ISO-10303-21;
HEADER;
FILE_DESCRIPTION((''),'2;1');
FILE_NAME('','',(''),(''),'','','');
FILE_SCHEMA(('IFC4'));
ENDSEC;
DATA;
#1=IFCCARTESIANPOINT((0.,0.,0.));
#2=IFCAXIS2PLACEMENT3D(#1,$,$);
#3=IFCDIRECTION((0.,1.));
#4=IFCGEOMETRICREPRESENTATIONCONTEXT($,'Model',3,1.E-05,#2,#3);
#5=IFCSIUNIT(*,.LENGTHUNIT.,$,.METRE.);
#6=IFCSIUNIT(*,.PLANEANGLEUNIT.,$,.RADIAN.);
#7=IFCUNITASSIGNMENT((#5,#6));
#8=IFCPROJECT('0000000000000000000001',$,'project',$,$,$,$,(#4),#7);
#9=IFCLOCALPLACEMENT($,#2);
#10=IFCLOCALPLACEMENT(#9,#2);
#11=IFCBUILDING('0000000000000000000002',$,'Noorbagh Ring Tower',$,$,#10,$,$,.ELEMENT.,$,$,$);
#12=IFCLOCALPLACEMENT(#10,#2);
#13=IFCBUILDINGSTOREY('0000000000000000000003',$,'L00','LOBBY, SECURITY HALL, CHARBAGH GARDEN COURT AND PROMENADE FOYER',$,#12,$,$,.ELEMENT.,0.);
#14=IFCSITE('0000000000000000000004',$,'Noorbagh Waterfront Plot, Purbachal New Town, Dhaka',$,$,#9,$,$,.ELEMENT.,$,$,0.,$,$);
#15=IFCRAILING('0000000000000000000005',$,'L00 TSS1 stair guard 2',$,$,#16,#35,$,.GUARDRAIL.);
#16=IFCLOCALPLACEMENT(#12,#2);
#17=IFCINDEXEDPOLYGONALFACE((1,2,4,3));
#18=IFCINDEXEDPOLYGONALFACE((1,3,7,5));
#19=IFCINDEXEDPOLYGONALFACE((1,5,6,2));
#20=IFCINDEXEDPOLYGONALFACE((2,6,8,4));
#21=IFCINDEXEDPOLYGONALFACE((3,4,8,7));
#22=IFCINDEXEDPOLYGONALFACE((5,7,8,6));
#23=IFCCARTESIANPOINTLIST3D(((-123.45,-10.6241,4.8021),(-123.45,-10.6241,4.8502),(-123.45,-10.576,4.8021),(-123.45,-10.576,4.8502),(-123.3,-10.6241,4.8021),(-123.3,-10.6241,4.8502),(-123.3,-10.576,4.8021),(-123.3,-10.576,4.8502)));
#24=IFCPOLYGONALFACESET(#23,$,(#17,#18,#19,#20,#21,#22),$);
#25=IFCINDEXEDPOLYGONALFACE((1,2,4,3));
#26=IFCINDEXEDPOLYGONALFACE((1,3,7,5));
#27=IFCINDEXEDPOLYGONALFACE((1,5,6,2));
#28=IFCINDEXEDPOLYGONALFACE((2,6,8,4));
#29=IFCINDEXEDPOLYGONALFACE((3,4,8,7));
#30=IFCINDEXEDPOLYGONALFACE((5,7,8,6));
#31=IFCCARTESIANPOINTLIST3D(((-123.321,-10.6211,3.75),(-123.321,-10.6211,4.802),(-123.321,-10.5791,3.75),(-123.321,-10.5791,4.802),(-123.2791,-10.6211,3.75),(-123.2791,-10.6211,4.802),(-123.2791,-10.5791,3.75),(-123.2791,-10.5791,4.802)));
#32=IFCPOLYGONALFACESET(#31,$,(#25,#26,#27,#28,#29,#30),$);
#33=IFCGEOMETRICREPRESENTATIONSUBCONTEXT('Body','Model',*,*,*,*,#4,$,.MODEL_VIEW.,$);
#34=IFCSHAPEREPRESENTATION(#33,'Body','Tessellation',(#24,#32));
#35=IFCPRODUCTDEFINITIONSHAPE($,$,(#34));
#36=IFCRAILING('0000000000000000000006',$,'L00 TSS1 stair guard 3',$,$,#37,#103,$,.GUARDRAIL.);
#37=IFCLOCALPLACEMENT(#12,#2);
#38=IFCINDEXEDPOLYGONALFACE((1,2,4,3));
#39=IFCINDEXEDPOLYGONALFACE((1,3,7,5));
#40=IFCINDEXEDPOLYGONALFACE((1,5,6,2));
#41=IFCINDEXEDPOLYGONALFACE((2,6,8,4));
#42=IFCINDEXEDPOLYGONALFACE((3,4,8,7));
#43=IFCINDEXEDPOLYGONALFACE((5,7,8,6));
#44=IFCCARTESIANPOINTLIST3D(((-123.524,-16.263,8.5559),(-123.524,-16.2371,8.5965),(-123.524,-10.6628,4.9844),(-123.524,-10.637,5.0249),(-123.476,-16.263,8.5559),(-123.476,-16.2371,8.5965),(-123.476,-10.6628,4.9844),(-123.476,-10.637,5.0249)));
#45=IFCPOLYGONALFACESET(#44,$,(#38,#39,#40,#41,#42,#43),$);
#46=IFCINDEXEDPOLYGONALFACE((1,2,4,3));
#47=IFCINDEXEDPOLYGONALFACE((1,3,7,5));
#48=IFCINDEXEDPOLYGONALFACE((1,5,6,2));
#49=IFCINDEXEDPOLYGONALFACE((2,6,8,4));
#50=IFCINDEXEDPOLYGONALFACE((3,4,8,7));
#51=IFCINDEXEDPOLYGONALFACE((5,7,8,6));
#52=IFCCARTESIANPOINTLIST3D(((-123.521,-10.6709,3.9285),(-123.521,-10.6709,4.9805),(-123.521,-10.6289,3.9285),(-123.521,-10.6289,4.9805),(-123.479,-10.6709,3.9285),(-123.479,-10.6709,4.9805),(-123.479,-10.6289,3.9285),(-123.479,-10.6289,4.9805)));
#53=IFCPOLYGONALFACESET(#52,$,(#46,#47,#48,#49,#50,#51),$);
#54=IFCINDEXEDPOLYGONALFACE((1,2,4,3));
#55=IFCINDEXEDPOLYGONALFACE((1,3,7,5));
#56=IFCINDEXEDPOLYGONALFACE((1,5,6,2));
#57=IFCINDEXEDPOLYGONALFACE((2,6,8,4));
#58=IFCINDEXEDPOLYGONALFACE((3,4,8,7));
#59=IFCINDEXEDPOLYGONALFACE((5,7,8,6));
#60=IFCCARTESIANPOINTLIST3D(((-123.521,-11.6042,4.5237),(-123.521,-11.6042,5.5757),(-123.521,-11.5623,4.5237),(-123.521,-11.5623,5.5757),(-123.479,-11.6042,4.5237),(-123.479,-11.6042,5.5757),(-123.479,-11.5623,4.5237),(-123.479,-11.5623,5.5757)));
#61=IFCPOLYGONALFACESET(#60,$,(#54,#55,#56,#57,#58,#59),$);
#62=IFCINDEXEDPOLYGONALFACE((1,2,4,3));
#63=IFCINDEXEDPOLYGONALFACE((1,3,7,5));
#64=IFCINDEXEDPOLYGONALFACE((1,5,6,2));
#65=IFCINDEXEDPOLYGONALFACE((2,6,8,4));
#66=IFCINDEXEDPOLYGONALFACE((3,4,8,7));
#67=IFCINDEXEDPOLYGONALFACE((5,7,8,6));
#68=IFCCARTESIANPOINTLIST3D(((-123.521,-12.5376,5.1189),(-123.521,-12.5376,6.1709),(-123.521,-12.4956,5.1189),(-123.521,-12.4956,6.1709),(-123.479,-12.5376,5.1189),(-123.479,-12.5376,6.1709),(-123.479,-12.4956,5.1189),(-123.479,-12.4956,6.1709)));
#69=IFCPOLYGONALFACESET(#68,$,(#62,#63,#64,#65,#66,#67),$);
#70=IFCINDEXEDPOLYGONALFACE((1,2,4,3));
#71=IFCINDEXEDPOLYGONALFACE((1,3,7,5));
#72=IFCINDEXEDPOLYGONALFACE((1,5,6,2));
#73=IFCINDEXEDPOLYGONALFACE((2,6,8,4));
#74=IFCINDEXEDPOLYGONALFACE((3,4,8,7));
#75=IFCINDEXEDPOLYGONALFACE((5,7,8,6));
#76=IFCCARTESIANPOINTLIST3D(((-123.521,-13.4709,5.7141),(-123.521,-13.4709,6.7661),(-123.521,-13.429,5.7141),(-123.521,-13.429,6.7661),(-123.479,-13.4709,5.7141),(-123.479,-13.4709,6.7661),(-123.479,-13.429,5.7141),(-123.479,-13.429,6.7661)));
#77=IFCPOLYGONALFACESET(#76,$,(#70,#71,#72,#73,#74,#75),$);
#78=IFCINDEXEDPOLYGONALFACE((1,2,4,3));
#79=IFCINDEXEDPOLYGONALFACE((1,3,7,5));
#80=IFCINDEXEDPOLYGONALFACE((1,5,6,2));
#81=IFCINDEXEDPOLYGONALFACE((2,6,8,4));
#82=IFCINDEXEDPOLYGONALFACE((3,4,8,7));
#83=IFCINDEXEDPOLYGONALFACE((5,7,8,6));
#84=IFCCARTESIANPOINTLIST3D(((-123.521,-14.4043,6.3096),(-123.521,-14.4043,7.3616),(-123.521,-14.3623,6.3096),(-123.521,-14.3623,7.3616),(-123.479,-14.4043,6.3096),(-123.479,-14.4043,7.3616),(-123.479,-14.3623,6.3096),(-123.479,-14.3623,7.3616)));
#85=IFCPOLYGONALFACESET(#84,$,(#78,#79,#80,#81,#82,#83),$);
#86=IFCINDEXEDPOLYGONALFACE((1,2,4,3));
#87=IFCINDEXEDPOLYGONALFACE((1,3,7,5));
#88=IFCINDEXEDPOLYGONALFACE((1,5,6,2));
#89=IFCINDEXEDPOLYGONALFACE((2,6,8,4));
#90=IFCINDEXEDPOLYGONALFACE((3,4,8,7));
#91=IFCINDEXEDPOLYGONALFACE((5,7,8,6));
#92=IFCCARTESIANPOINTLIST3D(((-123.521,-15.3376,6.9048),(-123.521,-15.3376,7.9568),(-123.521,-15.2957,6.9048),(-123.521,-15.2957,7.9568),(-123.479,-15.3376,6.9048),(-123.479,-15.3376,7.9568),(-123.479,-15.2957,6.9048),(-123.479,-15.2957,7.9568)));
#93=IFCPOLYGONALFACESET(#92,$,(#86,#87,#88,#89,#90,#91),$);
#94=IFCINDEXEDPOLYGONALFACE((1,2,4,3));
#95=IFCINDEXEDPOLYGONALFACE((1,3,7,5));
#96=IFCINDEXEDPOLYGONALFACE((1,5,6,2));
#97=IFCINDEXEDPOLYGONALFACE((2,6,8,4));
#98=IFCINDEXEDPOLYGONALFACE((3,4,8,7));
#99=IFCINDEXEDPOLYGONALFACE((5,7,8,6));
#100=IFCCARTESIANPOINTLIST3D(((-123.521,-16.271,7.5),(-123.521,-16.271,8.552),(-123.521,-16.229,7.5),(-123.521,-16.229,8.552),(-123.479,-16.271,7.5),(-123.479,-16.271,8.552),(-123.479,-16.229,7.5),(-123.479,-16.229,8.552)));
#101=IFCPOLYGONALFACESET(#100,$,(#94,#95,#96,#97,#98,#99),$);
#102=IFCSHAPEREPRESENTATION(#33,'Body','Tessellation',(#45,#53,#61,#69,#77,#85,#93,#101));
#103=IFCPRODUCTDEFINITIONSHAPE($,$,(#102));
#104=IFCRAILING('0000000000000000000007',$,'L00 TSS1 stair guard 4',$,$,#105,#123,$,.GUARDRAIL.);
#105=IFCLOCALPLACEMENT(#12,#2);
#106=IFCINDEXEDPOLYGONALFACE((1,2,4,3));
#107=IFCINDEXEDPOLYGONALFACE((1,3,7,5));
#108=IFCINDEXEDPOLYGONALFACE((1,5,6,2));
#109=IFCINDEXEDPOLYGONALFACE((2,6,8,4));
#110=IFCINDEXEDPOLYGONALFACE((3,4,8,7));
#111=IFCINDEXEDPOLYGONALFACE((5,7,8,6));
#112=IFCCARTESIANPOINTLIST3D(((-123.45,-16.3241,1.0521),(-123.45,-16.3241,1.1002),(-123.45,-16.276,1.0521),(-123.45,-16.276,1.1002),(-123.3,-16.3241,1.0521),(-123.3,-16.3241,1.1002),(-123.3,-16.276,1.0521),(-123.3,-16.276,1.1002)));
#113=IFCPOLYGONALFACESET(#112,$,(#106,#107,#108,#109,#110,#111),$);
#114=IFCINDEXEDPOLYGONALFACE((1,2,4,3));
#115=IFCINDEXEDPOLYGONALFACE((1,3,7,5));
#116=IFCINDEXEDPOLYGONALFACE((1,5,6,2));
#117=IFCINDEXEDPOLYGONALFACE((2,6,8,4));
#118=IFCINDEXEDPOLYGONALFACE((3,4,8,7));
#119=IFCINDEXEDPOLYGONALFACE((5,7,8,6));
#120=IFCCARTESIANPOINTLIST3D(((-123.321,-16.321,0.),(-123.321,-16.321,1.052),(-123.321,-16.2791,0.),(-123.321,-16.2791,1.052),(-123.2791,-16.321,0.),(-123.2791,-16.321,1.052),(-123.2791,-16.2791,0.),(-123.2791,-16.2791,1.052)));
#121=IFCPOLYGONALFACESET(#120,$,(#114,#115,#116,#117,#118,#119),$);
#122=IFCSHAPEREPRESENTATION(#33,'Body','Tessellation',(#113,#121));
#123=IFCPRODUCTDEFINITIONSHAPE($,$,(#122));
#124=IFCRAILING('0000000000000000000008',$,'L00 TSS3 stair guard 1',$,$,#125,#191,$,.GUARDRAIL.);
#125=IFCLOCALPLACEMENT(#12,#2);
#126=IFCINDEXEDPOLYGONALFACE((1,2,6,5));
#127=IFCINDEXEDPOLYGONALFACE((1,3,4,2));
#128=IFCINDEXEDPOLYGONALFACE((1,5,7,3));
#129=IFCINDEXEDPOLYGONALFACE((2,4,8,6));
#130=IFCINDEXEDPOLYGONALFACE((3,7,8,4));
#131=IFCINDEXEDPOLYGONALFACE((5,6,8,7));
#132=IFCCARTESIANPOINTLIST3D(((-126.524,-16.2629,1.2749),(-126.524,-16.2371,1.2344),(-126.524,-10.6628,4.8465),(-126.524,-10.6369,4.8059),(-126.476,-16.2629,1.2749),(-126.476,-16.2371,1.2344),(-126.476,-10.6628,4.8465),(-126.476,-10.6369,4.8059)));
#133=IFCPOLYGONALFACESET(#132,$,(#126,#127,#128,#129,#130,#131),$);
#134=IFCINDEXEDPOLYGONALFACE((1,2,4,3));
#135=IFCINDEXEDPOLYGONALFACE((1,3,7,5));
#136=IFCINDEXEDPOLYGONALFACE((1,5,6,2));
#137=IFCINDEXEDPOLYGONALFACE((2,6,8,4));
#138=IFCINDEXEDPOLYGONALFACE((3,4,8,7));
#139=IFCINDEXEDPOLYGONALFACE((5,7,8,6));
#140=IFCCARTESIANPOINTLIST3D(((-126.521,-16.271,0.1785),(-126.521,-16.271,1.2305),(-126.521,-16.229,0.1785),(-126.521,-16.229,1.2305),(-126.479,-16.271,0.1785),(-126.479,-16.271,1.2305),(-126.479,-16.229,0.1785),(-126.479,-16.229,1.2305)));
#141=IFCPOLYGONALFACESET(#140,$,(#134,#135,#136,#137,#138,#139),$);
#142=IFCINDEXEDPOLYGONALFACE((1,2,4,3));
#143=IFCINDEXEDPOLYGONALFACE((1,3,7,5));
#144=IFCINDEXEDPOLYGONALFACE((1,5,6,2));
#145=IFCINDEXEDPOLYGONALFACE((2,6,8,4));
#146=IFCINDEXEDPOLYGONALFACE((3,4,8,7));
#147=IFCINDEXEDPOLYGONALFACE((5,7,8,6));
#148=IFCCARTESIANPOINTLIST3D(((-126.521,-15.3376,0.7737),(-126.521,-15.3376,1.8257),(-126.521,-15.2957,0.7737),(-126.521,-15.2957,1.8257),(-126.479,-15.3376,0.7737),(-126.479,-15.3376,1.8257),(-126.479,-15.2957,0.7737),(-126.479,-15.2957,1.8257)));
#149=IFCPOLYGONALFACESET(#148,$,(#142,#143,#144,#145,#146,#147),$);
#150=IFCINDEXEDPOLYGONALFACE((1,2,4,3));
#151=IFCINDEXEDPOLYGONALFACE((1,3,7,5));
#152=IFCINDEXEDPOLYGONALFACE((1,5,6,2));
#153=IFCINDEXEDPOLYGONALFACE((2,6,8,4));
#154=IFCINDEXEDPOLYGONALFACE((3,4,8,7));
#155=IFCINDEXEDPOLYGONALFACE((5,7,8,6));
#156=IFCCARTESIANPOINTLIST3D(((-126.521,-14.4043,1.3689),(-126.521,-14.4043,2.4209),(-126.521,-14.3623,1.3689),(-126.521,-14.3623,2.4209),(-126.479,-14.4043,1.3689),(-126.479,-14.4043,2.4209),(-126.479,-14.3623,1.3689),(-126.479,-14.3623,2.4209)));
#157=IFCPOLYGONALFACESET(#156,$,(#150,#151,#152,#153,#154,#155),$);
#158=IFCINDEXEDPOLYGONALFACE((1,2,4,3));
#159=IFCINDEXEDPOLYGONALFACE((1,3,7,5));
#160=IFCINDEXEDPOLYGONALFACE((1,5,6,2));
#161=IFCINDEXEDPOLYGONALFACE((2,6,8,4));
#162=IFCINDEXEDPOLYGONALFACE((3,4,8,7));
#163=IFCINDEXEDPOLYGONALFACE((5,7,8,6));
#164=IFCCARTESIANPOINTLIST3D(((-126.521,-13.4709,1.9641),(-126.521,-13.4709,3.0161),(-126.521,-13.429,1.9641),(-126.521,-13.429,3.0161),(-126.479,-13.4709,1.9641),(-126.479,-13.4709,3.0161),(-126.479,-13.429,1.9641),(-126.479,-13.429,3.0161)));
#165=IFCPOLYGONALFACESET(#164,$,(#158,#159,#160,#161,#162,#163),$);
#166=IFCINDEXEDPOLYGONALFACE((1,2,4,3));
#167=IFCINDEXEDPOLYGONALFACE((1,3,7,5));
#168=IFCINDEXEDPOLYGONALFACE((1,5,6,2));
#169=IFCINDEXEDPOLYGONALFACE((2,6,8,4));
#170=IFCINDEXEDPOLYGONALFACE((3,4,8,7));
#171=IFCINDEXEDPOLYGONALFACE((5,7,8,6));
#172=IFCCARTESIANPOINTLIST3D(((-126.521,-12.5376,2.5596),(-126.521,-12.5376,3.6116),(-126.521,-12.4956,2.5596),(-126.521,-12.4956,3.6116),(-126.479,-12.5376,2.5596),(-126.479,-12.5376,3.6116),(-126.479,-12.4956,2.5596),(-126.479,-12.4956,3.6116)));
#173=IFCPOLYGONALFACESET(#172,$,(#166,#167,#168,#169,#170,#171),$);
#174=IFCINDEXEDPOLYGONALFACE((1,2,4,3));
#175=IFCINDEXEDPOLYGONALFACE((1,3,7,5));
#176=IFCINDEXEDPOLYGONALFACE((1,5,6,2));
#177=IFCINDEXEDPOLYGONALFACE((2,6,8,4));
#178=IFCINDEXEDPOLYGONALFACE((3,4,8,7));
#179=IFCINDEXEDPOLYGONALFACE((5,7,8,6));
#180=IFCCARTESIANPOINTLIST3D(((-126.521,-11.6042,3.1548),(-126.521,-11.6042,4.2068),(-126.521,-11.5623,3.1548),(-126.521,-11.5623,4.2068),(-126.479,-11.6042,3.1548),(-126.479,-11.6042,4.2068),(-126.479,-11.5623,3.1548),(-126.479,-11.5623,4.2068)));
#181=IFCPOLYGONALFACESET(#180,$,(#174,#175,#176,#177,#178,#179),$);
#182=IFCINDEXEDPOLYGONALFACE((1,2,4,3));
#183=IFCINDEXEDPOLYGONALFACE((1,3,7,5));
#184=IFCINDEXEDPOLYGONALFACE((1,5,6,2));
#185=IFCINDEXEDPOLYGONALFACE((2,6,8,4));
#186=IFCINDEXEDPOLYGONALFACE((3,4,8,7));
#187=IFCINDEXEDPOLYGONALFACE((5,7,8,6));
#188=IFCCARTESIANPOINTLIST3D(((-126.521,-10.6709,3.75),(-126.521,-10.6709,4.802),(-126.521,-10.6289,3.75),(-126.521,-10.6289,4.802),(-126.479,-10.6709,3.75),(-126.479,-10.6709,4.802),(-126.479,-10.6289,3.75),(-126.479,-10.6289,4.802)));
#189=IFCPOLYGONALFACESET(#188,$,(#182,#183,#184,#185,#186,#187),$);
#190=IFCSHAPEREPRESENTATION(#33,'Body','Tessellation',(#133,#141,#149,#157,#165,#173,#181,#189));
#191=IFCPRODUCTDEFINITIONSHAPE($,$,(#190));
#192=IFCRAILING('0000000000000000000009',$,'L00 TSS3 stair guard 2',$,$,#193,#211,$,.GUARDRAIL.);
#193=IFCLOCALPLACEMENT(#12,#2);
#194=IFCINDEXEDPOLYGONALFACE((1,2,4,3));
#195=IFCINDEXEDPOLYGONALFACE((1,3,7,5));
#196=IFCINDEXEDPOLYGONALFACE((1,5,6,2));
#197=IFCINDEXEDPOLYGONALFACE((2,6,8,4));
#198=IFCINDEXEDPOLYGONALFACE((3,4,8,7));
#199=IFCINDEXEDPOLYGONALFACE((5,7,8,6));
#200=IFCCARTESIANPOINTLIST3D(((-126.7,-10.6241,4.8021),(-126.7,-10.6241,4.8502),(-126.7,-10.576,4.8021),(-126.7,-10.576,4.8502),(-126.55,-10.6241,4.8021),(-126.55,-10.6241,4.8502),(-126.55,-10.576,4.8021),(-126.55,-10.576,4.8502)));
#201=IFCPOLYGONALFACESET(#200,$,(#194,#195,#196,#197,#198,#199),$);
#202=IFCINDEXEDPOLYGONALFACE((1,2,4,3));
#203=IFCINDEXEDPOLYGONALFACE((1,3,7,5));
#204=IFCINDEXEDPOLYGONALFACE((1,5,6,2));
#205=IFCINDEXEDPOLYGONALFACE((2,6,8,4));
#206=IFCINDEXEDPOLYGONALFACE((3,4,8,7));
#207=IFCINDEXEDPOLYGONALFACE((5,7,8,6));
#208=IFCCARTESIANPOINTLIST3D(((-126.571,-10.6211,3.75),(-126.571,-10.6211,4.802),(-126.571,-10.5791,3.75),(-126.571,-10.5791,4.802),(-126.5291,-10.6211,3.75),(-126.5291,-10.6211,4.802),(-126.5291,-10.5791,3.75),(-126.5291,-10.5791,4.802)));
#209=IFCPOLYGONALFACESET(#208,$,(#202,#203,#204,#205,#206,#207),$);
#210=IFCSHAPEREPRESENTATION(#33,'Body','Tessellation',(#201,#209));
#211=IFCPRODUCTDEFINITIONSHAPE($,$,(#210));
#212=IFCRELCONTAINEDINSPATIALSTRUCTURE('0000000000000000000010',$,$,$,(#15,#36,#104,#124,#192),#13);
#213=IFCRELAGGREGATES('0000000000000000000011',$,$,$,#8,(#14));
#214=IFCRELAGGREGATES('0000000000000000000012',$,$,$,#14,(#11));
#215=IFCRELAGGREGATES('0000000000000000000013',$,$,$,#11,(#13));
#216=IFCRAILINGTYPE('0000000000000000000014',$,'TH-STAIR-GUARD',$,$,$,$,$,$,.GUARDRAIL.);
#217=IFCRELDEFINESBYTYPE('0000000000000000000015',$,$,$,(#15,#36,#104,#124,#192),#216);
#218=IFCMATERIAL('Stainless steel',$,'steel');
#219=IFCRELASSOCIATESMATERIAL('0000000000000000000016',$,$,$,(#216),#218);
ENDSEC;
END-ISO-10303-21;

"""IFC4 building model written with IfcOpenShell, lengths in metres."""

from ifc_helpers import new_model, si_unit, direction, frame, origin, origin_2d, place, context, subcontext, project, spatial, rectangle, extrude, material, type_object, element, save


model = new_model("IFC4")

# Units and contexts
model_context = context("Model", 3, precision=1e-05, world=origin(), true_north=direction((0.0, 1.0)))
body_context = subcontext(model_context, "Body", "Model", "MODEL_VIEW")
ifc_project = project(units=[si_unit("LENGTHUNIT", "METRE"), si_unit("PLANEANGLEUNIT", "RADIAN")], contexts=[model_context])

# Site, building, storey
site_placement = place(None, origin())
site = spatial("IfcSite", under=ifc_project, at=site_placement, Name="Noorbagh Waterfront Plot, Purbachal New Town, Dhaka", CompositionType="ELEMENT", RefElevation=0.0)
building_placement = place(site_placement, origin())
building = spatial("IfcBuilding", under=site, at=building_placement, Name="Noorbagh Ring Tower", CompositionType="ELEMENT")
storey_placement = place(building_placement, origin())
storey = spatial("IfcBuildingStorey", under=building, at=storey_placement, Name="L00", Description="LOBBY, SECURITY HALL, CHARBAGH GARDEN COURT AND PROMENADE FOYER", CompositionType="ELEMENT", Elevation=0.0)

# Railings
ifc_material_1 = material(Name="Stainless steel", Category="steel")
railing_type_1 = type_object("IfcRailingType", Name="TH-STAIR-GUARD", PredefinedType="GUARDRAIL", material=ifc_material_1)
railing_1_placement = place(storey_placement, frame((-123.3, -10.6001, 3.75)))
element("IfcRailing", 1, at=railing_1_placement, inside=storey, type_object=railing_type_1, Name="L00 TSS1 stair guard 2", PredefinedType="GUARDRAIL", context=body_context, shape_type="SweptSolid", body=[
    extrude(rectangle(XDim=0.0481, YDim=0.0481, at=origin_2d()), frame((0.0, 0.0, 1.0762), z_axis=(-1.0, 0.0, 0.0), x_axis=(0.0, -1.0, 0.0)), (0.0, 0.0, 1.0), 0.1499),
    extrude(rectangle(XDim=0.042, YDim=0.042, at=origin_2d()), origin(), (0.0, 0.0, 1.0), 1.052),
])
railing_2_placement = place(storey_placement, frame((-123.5, -10.6499, 3.9285)))
element("IfcRailing", 2, at=railing_2_placement, inside=storey, type_object=railing_type_1, Name="L00 TSS1 stair guard 3", PredefinedType="GUARDRAIL", context=body_context, shape_type="SweptSolid", body=[
    extrude(rectangle(XDim=0.0481, YDim=0.0481, at=origin_2d()), frame((0.0, 0.0, 1.0762), z_axis=(0.0, -0.843127, 0.537715), x_axis=(1.0, 0.0, 0.0)), (0.0, 0.0, 1.0), 6.6421),
    extrude(rectangle(XDim=0.042, YDim=0.042, at=origin_2d()), origin(), (0.0, 0.0, 1.0), 1.052),
    extrude(rectangle(XDim=0.042, YDim=0.042, at=origin_2d()), frame((0.0, -0.9333, 0.5952)), (0.0, 0.0, 1.0), 1.052),
    extrude(rectangle(XDim=0.042, YDim=0.042, at=origin_2d()), frame((0.0, -1.8667, 1.1904)), (0.0, 0.0, 1.0), 1.052),
    extrude(rectangle(XDim=0.042, YDim=0.042, at=origin_2d()), frame((0.0, -2.8, 1.7856)), (0.0, 0.0, 1.0), 1.052),
    extrude(rectangle(XDim=0.042, YDim=0.042, at=origin_2d()), frame((0.0, -3.7334, 2.3811)), (0.0, 0.0, 1.0), 1.052),
    extrude(rectangle(XDim=0.042, YDim=0.042, at=origin_2d()), frame((0.0, -4.6667, 2.9763)), (0.0, 0.0, 1.0), 1.052),
    extrude(rectangle(XDim=0.042, YDim=0.042, at=origin_2d()), frame((0.0, -5.6001, 3.5715)), (0.0, 0.0, 1.0), 1.052),
])
railing_3_placement = place(storey_placement, frame((-123.3, -16.3, 0.0)))
element("IfcRailing", 3, at=railing_3_placement, inside=storey, type_object=railing_type_1, Name="L00 TSS1 stair guard 4", PredefinedType="GUARDRAIL", context=body_context, shape_type="SweptSolid", body=[
    extrude(rectangle(XDim=0.0481, YDim=0.0481, at=origin_2d()), frame((0.0, 0.0, 1.0762), z_axis=(-1.0, 0.0, 0.0), x_axis=(0.0, -1.0, 0.0)), (0.0, 0.0, 1.0), 0.1499),
    extrude(rectangle(XDim=0.042, YDim=0.042, at=origin_2d()), origin(), (0.0, 0.0, 1.0), 1.052),
])
railing_4_placement = place(storey_placement, frame((-126.5, -16.25, 0.1785)))
element("IfcRailing", 4, at=railing_4_placement, inside=storey, type_object=railing_type_1, Name="L00 TSS3 stair guard 1", PredefinedType="GUARDRAIL", context=body_context, shape_type="SweptSolid", body=[
    extrude(rectangle(XDim=0.0481, YDim=0.0481, at=origin_2d()), frame((0.0, 0.0, 1.0762), z_axis=(0.0, 0.843127, 0.537715), x_axis=(-1.0, 0.0, 0.0)), (0.0, 0.0, 1.0), 6.6421),
    extrude(rectangle(XDim=0.042, YDim=0.042, at=origin_2d()), origin(), (0.0, 0.0, 1.0), 1.052),
    extrude(rectangle(XDim=0.042, YDim=0.042, at=origin_2d()), frame((0.0, 0.9333, 0.5952)), (0.0, 0.0, 1.0), 1.052),
    extrude(rectangle(XDim=0.042, YDim=0.042, at=origin_2d()), frame((0.0, 1.8667, 1.1904)), (0.0, 0.0, 1.0), 1.052),
    extrude(rectangle(XDim=0.042, YDim=0.042, at=origin_2d()), frame((0.0, 2.8, 1.7856)), (0.0, 0.0, 1.0), 1.052),
    extrude(rectangle(XDim=0.042, YDim=0.042, at=origin_2d()), frame((0.0, 3.7334, 2.3811)), (0.0, 0.0, 1.0), 1.052),
    extrude(rectangle(XDim=0.042, YDim=0.042, at=origin_2d()), frame((0.0, 4.6667, 2.9763)), (0.0, 0.0, 1.0), 1.052),
    extrude(rectangle(XDim=0.042, YDim=0.042, at=origin_2d()), frame((0.0, 5.6001, 3.5715)), (0.0, 0.0, 1.0), 1.052),
])
railing_5_placement = place(storey_placement, frame((-126.55, -10.6001, 3.75)))
element("IfcRailing", 5, at=railing_5_placement, inside=storey, type_object=railing_type_1, Name="L00 TSS3 stair guard 2", PredefinedType="GUARDRAIL", context=body_context, shape_type="SweptSolid", body=[
    extrude(rectangle(XDim=0.0481, YDim=0.0481, at=origin_2d()), frame((0.0, 0.0, 1.0762), z_axis=(-1.0, 0.0, 0.0), x_axis=(0.0, -1.0, 0.0)), (0.0, 0.0, 1.0), 0.1499),
    extrude(rectangle(XDim=0.042, YDim=0.042, at=origin_2d()), origin(), (0.0, 0.0, 1.0), 1.052),
])

save(model, "model.ifc")
